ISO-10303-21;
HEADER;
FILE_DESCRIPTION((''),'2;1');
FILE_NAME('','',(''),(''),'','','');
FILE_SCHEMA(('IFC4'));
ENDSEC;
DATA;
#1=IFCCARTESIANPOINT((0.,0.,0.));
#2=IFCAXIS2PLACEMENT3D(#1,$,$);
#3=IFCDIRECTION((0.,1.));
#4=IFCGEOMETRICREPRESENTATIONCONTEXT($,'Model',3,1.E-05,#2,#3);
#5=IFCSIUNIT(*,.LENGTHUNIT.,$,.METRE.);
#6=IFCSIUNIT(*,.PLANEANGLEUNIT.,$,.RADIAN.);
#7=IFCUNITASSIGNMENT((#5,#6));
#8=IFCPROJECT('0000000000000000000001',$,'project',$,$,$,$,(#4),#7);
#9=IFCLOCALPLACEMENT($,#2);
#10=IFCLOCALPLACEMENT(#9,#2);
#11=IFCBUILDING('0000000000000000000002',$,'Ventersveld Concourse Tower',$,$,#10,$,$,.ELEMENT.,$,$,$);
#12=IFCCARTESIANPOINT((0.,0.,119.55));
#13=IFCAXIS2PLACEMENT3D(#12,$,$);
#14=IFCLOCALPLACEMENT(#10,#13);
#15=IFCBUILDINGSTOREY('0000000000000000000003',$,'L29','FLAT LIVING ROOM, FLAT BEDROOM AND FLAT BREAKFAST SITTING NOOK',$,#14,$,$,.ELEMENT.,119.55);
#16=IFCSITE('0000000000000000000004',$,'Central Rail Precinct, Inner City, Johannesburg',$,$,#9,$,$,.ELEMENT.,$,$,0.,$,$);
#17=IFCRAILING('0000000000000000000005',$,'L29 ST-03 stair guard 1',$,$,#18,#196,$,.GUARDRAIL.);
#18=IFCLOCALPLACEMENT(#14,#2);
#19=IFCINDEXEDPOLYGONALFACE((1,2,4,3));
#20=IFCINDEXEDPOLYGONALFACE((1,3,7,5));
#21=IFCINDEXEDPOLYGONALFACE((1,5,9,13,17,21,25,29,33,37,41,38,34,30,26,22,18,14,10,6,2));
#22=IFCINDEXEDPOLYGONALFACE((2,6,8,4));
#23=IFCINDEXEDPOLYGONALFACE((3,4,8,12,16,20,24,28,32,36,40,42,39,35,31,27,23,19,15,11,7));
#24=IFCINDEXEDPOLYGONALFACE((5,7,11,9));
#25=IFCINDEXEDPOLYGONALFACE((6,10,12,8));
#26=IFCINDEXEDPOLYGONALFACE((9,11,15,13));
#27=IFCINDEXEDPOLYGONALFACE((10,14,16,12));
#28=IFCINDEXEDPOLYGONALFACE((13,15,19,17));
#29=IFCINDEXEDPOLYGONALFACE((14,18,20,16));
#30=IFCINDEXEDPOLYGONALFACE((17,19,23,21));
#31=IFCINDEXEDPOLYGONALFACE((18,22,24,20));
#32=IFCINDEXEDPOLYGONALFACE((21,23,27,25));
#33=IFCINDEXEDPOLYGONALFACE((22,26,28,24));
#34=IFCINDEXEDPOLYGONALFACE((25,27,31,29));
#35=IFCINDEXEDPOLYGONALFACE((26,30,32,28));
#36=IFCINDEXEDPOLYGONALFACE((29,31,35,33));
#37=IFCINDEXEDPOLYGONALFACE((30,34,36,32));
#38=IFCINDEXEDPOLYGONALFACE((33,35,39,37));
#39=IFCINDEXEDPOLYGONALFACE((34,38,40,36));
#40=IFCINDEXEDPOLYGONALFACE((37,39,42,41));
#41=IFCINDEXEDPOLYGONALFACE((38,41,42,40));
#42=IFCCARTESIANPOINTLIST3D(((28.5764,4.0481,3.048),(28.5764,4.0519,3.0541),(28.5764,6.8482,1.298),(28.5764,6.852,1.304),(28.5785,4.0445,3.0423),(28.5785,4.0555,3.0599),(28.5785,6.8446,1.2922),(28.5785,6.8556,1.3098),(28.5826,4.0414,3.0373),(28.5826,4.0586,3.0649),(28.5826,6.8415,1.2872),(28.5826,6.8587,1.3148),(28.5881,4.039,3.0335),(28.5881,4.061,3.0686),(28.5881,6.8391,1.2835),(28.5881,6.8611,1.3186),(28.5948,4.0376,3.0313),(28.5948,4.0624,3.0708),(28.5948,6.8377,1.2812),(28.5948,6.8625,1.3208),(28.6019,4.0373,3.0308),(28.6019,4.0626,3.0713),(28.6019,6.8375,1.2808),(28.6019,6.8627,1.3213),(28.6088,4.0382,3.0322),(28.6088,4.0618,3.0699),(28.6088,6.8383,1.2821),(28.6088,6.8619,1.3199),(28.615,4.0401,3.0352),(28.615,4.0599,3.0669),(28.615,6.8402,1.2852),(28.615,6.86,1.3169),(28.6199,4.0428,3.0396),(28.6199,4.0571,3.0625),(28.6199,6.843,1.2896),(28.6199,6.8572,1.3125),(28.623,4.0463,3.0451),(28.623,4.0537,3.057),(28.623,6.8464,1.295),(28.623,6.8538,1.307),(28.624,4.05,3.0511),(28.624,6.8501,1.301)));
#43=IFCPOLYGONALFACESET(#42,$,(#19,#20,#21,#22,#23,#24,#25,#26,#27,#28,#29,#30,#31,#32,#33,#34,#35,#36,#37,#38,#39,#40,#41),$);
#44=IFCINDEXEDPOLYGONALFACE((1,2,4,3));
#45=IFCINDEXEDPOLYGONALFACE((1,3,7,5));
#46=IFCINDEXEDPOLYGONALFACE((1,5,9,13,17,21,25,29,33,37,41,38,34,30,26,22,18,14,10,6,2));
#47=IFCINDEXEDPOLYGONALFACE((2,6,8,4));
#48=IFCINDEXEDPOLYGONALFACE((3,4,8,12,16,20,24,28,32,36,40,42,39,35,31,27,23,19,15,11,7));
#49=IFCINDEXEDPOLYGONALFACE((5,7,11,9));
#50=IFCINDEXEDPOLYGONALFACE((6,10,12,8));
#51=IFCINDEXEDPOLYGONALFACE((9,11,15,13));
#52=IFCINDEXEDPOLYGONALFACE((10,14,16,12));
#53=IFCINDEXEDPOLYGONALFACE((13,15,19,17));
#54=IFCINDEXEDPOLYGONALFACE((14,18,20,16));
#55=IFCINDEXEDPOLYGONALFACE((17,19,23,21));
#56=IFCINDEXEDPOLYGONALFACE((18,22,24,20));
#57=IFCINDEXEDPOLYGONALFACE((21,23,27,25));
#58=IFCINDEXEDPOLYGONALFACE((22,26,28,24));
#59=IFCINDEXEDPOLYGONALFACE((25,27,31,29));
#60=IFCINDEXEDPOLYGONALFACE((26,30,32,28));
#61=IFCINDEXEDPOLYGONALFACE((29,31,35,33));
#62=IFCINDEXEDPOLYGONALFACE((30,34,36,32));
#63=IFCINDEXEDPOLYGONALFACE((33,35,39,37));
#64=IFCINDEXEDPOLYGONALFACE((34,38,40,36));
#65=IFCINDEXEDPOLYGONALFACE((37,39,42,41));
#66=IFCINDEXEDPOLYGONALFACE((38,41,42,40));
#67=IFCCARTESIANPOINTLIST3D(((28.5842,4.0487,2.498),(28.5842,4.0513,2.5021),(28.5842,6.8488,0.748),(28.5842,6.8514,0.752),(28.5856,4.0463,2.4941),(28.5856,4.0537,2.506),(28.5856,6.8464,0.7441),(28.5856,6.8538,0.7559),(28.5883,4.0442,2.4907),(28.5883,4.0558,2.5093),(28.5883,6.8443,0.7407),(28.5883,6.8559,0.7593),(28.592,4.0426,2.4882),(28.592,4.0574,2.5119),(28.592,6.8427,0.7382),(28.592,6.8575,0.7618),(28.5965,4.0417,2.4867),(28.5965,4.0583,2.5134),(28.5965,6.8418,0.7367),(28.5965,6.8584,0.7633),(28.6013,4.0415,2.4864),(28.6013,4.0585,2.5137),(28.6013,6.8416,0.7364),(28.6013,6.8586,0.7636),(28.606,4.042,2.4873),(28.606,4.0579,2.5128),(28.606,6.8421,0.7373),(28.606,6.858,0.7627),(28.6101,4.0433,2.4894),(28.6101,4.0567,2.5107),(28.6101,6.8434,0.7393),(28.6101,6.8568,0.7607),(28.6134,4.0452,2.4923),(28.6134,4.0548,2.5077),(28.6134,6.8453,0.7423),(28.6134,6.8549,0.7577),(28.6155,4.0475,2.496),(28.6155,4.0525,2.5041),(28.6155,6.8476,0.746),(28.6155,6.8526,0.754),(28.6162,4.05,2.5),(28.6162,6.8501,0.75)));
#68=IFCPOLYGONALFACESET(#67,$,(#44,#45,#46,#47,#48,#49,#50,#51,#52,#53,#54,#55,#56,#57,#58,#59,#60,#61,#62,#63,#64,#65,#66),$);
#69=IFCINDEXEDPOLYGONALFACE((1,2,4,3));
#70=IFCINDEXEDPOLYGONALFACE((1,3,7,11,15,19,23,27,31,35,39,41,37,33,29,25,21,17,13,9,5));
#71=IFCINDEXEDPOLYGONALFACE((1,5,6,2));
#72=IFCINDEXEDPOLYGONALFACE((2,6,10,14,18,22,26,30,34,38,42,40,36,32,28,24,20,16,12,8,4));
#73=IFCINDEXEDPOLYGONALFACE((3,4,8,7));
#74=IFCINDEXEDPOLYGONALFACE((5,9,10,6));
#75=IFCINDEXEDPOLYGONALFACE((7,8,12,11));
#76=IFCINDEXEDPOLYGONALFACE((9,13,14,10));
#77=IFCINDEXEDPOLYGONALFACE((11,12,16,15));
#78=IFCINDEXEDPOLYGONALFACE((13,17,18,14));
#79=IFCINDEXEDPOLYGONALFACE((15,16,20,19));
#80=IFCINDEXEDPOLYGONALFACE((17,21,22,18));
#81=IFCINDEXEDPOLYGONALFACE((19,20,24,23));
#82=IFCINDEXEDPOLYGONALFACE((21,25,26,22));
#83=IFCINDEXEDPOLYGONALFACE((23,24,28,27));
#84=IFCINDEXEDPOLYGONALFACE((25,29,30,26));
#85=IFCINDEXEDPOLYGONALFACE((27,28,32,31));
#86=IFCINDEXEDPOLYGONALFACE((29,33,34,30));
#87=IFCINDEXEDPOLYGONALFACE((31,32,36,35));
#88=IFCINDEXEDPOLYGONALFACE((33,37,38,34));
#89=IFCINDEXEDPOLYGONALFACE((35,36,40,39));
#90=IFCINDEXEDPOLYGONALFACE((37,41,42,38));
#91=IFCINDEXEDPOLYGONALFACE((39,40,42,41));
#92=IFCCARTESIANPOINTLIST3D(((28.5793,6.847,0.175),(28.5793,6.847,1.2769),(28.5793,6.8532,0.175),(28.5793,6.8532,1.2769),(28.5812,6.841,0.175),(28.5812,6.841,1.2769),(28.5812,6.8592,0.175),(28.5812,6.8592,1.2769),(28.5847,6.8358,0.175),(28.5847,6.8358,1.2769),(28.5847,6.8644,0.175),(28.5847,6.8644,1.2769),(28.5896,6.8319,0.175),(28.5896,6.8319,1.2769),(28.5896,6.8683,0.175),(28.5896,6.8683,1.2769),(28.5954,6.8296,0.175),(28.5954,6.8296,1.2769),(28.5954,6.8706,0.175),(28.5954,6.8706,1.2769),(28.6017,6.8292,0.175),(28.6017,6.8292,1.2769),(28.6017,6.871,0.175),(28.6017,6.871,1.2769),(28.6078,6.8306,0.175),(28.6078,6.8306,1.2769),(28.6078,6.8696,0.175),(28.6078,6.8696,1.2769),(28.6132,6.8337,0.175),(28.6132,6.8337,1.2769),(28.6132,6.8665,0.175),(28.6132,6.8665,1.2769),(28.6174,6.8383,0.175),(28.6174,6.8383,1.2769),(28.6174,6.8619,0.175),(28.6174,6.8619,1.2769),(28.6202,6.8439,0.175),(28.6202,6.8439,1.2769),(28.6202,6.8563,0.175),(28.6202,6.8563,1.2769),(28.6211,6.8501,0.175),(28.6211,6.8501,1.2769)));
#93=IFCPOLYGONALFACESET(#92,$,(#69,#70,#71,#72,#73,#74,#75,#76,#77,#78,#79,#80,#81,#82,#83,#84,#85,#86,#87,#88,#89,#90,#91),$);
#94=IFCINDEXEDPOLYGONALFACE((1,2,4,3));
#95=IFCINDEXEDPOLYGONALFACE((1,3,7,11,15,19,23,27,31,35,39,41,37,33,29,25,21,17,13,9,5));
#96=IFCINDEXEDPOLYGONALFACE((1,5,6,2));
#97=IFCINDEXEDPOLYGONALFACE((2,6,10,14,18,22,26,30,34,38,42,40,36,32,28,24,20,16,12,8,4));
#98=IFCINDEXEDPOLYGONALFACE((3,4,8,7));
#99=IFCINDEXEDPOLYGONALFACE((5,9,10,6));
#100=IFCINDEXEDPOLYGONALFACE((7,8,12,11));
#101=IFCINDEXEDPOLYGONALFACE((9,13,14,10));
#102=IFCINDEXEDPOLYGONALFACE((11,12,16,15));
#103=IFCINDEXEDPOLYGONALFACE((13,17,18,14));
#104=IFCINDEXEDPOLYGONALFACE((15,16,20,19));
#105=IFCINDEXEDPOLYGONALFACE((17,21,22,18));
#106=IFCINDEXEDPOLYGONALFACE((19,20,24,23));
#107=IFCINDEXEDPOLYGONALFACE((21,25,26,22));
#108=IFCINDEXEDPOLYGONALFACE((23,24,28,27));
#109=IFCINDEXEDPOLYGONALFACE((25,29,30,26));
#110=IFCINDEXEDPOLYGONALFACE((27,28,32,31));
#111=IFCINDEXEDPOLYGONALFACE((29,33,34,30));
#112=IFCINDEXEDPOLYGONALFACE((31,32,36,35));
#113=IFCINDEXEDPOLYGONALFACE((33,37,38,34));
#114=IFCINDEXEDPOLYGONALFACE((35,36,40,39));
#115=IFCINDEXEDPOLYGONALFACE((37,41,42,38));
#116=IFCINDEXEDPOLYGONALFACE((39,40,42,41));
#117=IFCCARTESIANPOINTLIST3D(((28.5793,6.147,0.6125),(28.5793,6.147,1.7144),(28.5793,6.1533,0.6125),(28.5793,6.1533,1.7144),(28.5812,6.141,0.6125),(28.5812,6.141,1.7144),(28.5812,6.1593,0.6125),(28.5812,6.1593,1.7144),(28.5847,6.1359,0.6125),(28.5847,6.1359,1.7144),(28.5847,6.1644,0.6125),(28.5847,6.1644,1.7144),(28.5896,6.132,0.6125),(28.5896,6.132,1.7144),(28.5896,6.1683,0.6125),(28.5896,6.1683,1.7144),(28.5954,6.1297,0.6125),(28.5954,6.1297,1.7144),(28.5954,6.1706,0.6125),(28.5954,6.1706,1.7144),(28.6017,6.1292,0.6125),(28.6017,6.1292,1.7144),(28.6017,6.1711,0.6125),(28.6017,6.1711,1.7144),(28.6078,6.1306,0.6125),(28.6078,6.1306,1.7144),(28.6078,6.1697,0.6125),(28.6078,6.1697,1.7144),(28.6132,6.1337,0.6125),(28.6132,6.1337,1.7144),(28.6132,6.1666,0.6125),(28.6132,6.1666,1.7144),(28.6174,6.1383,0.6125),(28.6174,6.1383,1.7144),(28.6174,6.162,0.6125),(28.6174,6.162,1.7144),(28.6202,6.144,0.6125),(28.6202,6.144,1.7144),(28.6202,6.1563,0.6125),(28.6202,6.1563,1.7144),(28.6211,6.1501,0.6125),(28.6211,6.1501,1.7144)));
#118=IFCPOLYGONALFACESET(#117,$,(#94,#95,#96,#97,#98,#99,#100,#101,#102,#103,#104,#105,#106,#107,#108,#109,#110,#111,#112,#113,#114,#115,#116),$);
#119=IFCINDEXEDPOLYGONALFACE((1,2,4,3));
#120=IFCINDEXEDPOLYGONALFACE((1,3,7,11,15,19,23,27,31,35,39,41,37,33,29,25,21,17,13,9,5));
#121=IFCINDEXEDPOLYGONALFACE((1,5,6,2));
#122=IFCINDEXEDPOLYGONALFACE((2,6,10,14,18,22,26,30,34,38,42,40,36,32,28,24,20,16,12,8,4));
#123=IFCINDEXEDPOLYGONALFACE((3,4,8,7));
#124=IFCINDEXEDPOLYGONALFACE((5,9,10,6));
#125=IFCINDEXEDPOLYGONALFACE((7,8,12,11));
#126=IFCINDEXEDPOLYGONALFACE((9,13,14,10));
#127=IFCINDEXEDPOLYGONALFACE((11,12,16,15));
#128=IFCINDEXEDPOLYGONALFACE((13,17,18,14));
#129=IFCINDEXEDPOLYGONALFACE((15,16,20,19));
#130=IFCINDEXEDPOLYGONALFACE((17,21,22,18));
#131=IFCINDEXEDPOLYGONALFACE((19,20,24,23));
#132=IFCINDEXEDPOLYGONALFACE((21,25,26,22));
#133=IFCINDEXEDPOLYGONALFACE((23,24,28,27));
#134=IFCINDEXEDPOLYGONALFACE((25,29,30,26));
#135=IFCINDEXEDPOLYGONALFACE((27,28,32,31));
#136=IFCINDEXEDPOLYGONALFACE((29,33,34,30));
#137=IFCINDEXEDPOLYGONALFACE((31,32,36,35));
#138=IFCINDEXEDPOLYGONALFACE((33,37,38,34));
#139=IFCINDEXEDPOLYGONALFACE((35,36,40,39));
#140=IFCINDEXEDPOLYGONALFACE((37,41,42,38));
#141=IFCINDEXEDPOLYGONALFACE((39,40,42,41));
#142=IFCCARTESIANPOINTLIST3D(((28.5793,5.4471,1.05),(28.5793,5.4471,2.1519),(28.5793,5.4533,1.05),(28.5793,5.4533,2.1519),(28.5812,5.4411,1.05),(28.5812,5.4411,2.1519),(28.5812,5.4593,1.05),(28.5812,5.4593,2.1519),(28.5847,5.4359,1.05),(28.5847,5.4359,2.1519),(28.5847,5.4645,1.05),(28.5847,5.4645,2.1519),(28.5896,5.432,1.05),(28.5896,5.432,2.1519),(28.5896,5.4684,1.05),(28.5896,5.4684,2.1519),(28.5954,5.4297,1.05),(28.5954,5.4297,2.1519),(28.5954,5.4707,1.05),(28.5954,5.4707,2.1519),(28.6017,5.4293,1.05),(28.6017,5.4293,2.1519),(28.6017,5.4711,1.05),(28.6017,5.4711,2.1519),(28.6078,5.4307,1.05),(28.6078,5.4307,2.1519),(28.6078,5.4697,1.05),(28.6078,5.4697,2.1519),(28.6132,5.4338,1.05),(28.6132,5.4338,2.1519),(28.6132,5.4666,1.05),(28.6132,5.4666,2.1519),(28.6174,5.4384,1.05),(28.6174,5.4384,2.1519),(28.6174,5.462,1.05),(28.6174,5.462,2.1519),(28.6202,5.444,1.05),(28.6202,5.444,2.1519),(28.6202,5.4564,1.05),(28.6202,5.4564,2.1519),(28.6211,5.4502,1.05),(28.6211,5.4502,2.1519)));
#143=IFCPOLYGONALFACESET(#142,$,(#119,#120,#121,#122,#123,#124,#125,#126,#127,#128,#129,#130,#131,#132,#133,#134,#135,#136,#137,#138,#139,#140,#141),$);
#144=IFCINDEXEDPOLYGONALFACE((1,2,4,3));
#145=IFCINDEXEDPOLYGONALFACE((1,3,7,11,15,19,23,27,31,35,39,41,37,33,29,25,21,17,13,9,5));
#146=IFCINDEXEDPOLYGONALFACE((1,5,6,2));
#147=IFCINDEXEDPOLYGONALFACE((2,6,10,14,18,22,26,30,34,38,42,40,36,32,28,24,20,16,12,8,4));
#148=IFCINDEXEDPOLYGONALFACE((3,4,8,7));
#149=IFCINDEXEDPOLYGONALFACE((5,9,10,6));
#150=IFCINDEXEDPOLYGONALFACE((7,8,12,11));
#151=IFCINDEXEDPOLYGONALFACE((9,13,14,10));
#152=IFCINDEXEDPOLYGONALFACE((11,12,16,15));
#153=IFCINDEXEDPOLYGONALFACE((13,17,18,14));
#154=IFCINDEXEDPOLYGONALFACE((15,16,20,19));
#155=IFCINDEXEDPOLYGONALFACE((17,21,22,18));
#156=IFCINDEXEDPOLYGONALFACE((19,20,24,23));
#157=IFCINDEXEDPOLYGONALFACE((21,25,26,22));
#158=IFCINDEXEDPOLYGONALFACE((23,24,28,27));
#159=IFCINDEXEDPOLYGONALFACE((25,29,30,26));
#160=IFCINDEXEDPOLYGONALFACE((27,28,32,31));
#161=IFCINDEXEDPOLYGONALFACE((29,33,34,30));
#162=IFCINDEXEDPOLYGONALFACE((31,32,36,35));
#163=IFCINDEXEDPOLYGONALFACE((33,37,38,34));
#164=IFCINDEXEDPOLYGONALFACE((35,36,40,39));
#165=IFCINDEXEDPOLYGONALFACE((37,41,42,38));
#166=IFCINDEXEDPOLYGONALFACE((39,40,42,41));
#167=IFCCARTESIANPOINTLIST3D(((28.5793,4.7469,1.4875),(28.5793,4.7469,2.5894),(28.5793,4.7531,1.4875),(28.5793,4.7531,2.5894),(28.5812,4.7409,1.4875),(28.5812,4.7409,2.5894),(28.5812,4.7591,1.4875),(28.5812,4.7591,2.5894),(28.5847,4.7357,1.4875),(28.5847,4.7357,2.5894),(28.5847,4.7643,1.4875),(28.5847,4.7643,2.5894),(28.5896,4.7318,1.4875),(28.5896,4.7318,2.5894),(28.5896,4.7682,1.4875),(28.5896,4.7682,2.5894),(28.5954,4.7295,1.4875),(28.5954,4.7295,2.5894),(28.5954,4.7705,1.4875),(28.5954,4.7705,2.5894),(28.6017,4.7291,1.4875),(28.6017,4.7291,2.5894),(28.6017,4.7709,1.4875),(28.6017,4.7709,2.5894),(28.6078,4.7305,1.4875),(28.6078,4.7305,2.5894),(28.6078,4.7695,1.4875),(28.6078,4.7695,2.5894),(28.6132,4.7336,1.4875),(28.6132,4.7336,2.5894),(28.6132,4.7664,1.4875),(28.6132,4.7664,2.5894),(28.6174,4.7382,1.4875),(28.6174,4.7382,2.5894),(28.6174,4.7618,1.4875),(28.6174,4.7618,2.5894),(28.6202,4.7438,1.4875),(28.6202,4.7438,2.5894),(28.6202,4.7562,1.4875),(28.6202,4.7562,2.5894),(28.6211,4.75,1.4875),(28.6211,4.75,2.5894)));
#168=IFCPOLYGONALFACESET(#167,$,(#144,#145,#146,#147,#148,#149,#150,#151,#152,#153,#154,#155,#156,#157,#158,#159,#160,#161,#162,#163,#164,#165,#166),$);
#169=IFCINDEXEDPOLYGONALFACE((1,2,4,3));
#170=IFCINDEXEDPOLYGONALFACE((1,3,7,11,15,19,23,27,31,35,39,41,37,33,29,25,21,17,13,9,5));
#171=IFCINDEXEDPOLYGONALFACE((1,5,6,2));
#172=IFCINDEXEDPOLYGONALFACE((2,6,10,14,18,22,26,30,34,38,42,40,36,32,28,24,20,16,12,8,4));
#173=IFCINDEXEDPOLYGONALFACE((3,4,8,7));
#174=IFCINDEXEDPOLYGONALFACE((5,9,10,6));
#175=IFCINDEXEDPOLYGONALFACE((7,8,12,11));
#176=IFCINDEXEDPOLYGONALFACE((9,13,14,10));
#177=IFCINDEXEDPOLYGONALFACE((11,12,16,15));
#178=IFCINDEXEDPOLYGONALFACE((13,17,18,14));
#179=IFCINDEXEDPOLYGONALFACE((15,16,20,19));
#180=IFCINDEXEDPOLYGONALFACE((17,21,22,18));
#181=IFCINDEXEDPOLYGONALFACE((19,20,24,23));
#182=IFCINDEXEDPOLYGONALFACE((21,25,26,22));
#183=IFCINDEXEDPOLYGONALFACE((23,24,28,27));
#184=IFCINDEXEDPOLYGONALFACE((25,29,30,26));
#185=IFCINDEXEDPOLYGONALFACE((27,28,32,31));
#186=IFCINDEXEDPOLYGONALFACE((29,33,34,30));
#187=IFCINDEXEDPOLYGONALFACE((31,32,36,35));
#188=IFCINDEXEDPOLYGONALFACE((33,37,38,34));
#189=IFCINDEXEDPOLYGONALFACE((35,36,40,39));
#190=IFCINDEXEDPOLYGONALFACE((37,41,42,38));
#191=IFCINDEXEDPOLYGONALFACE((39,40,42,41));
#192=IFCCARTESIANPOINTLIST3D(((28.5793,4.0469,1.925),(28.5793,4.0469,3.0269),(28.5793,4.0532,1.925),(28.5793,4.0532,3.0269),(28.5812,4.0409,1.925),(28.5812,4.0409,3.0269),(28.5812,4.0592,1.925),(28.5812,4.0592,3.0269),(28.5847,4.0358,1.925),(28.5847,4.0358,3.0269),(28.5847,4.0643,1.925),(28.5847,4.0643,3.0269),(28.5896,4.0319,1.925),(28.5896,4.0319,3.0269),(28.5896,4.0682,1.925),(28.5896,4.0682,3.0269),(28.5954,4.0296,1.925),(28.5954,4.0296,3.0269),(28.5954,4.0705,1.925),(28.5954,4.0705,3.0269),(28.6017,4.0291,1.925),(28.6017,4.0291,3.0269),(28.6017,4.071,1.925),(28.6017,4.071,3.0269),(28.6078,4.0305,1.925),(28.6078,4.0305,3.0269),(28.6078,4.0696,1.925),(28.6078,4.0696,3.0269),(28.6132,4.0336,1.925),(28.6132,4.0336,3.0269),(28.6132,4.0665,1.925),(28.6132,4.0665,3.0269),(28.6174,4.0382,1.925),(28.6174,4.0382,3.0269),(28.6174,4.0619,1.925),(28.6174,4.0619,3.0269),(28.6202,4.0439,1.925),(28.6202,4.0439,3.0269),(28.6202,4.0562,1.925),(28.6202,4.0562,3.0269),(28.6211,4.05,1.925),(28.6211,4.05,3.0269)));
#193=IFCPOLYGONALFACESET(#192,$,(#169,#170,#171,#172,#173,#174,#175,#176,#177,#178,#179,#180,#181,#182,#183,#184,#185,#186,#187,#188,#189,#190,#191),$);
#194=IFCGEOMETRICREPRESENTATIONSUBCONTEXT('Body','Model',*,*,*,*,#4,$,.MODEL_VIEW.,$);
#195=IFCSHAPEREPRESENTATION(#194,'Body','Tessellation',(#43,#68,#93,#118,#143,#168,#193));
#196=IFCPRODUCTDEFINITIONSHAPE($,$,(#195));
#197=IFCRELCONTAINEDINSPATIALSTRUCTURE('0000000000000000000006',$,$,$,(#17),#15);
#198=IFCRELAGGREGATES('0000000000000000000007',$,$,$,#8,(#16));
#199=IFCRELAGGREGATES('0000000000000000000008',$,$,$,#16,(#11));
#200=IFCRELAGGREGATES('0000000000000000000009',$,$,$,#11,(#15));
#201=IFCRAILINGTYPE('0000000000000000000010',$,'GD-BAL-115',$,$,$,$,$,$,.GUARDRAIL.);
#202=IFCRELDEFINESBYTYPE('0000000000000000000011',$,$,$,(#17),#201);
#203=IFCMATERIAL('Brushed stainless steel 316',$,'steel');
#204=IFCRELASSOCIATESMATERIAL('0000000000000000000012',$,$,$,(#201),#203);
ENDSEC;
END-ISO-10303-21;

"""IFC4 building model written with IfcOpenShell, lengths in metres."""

from ifc_helpers import new_model, si_unit, direction, frame, origin, origin_2d, place, context, subcontext, project, spatial, circle, extrude, material, type_object, element, save


model = new_model("IFC4")

# Units and contexts
model_context = context("Model", 3, precision=1e-05, world=origin(), true_north=direction((0.0, 1.0)))
body_context = subcontext(model_context, "Body", "Model", "MODEL_VIEW")
ifc_project = project(units=[si_unit("LENGTHUNIT", "METRE"), si_unit("PLANEANGLEUNIT", "RADIAN")], contexts=[model_context])

# Site, building, storey
site_placement = place(None, origin())
site = spatial("IfcSite", under=ifc_project, at=site_placement, Name="Central Rail Precinct, Inner City, Johannesburg", CompositionType="ELEMENT", RefElevation=0.0)
building_placement = place(site_placement, origin())
building = spatial("IfcBuilding", under=site, at=building_placement, Name="Ventersveld Concourse Tower", CompositionType="ELEMENT")
storey_placement = place(building_placement, frame((0.0, 0.0, 119.55)))
storey = spatial("IfcBuildingStorey", under=building, at=storey_placement, Name="L29", Description="FLAT LIVING ROOM, FLAT BEDROOM AND FLAT BREAKFAST SITTING NOOK", CompositionType="ELEMENT", Elevation=119.55)

# Shared definitions
ifc_material_1 = material(Name="Brushed stainless steel 316", Category="steel")

# Railing
railing_type = type_object("IfcRailingType", Name="GD-BAL-115", PredefinedType="GUARDRAIL", material=ifc_material_1)
railing_1_placement = place(storey_placement, frame((28.6001, 6.8501, 0.175)))
element("IfcRailing", 1, at=railing_1_placement, inside=storey, type_object=railing_type, Name="L29 ST-03 stair guard 1", PredefinedType="GUARDRAIL", context=body_context, shape_type="SweptSolid", body=[
    extrude(circle(Radius=0.0239, at=origin_2d()), frame((0.0, 0.0, 1.126), z_axis=(0.0, -0.848002, 0.529992), x_axis=(1.0, 0.0, 0.0)), (0.0, 0.0, 1.0), 3.302),
    extrude(circle(Radius=0.0161, at=origin_2d()), frame((0.0, 0.0, 0.575), z_axis=(0.0, -0.848002, 0.529992), x_axis=(1.0, 0.0, 0.0)), (0.0, 0.0, 1.0), 3.302),
    extrude(circle(Radius=0.021, at=origin_2d()), origin(), (0.0, 0.0, 1.0), 1.1018),
    extrude(circle(Radius=0.021, at=origin_2d()), frame((0.0, -0.7, 0.4375)), (0.0, 0.0, 1.0), 1.1018),
    extrude(circle(Radius=0.021, at=origin_2d()), frame((0.0, -1.3999, 0.875)), (0.0, 0.0, 1.0), 1.1018),
    extrude(circle(Radius=0.021, at=origin_2d()), frame((0.0, -2.1001, 1.3125)), (0.0, 0.0, 1.0), 1.1018),
    extrude(circle(Radius=0.021, at=origin_2d()), frame((0.0, -2.8, 1.75)), (0.0, 0.0, 1.0), 1.1018),
])

save(model, "model.ifc")
